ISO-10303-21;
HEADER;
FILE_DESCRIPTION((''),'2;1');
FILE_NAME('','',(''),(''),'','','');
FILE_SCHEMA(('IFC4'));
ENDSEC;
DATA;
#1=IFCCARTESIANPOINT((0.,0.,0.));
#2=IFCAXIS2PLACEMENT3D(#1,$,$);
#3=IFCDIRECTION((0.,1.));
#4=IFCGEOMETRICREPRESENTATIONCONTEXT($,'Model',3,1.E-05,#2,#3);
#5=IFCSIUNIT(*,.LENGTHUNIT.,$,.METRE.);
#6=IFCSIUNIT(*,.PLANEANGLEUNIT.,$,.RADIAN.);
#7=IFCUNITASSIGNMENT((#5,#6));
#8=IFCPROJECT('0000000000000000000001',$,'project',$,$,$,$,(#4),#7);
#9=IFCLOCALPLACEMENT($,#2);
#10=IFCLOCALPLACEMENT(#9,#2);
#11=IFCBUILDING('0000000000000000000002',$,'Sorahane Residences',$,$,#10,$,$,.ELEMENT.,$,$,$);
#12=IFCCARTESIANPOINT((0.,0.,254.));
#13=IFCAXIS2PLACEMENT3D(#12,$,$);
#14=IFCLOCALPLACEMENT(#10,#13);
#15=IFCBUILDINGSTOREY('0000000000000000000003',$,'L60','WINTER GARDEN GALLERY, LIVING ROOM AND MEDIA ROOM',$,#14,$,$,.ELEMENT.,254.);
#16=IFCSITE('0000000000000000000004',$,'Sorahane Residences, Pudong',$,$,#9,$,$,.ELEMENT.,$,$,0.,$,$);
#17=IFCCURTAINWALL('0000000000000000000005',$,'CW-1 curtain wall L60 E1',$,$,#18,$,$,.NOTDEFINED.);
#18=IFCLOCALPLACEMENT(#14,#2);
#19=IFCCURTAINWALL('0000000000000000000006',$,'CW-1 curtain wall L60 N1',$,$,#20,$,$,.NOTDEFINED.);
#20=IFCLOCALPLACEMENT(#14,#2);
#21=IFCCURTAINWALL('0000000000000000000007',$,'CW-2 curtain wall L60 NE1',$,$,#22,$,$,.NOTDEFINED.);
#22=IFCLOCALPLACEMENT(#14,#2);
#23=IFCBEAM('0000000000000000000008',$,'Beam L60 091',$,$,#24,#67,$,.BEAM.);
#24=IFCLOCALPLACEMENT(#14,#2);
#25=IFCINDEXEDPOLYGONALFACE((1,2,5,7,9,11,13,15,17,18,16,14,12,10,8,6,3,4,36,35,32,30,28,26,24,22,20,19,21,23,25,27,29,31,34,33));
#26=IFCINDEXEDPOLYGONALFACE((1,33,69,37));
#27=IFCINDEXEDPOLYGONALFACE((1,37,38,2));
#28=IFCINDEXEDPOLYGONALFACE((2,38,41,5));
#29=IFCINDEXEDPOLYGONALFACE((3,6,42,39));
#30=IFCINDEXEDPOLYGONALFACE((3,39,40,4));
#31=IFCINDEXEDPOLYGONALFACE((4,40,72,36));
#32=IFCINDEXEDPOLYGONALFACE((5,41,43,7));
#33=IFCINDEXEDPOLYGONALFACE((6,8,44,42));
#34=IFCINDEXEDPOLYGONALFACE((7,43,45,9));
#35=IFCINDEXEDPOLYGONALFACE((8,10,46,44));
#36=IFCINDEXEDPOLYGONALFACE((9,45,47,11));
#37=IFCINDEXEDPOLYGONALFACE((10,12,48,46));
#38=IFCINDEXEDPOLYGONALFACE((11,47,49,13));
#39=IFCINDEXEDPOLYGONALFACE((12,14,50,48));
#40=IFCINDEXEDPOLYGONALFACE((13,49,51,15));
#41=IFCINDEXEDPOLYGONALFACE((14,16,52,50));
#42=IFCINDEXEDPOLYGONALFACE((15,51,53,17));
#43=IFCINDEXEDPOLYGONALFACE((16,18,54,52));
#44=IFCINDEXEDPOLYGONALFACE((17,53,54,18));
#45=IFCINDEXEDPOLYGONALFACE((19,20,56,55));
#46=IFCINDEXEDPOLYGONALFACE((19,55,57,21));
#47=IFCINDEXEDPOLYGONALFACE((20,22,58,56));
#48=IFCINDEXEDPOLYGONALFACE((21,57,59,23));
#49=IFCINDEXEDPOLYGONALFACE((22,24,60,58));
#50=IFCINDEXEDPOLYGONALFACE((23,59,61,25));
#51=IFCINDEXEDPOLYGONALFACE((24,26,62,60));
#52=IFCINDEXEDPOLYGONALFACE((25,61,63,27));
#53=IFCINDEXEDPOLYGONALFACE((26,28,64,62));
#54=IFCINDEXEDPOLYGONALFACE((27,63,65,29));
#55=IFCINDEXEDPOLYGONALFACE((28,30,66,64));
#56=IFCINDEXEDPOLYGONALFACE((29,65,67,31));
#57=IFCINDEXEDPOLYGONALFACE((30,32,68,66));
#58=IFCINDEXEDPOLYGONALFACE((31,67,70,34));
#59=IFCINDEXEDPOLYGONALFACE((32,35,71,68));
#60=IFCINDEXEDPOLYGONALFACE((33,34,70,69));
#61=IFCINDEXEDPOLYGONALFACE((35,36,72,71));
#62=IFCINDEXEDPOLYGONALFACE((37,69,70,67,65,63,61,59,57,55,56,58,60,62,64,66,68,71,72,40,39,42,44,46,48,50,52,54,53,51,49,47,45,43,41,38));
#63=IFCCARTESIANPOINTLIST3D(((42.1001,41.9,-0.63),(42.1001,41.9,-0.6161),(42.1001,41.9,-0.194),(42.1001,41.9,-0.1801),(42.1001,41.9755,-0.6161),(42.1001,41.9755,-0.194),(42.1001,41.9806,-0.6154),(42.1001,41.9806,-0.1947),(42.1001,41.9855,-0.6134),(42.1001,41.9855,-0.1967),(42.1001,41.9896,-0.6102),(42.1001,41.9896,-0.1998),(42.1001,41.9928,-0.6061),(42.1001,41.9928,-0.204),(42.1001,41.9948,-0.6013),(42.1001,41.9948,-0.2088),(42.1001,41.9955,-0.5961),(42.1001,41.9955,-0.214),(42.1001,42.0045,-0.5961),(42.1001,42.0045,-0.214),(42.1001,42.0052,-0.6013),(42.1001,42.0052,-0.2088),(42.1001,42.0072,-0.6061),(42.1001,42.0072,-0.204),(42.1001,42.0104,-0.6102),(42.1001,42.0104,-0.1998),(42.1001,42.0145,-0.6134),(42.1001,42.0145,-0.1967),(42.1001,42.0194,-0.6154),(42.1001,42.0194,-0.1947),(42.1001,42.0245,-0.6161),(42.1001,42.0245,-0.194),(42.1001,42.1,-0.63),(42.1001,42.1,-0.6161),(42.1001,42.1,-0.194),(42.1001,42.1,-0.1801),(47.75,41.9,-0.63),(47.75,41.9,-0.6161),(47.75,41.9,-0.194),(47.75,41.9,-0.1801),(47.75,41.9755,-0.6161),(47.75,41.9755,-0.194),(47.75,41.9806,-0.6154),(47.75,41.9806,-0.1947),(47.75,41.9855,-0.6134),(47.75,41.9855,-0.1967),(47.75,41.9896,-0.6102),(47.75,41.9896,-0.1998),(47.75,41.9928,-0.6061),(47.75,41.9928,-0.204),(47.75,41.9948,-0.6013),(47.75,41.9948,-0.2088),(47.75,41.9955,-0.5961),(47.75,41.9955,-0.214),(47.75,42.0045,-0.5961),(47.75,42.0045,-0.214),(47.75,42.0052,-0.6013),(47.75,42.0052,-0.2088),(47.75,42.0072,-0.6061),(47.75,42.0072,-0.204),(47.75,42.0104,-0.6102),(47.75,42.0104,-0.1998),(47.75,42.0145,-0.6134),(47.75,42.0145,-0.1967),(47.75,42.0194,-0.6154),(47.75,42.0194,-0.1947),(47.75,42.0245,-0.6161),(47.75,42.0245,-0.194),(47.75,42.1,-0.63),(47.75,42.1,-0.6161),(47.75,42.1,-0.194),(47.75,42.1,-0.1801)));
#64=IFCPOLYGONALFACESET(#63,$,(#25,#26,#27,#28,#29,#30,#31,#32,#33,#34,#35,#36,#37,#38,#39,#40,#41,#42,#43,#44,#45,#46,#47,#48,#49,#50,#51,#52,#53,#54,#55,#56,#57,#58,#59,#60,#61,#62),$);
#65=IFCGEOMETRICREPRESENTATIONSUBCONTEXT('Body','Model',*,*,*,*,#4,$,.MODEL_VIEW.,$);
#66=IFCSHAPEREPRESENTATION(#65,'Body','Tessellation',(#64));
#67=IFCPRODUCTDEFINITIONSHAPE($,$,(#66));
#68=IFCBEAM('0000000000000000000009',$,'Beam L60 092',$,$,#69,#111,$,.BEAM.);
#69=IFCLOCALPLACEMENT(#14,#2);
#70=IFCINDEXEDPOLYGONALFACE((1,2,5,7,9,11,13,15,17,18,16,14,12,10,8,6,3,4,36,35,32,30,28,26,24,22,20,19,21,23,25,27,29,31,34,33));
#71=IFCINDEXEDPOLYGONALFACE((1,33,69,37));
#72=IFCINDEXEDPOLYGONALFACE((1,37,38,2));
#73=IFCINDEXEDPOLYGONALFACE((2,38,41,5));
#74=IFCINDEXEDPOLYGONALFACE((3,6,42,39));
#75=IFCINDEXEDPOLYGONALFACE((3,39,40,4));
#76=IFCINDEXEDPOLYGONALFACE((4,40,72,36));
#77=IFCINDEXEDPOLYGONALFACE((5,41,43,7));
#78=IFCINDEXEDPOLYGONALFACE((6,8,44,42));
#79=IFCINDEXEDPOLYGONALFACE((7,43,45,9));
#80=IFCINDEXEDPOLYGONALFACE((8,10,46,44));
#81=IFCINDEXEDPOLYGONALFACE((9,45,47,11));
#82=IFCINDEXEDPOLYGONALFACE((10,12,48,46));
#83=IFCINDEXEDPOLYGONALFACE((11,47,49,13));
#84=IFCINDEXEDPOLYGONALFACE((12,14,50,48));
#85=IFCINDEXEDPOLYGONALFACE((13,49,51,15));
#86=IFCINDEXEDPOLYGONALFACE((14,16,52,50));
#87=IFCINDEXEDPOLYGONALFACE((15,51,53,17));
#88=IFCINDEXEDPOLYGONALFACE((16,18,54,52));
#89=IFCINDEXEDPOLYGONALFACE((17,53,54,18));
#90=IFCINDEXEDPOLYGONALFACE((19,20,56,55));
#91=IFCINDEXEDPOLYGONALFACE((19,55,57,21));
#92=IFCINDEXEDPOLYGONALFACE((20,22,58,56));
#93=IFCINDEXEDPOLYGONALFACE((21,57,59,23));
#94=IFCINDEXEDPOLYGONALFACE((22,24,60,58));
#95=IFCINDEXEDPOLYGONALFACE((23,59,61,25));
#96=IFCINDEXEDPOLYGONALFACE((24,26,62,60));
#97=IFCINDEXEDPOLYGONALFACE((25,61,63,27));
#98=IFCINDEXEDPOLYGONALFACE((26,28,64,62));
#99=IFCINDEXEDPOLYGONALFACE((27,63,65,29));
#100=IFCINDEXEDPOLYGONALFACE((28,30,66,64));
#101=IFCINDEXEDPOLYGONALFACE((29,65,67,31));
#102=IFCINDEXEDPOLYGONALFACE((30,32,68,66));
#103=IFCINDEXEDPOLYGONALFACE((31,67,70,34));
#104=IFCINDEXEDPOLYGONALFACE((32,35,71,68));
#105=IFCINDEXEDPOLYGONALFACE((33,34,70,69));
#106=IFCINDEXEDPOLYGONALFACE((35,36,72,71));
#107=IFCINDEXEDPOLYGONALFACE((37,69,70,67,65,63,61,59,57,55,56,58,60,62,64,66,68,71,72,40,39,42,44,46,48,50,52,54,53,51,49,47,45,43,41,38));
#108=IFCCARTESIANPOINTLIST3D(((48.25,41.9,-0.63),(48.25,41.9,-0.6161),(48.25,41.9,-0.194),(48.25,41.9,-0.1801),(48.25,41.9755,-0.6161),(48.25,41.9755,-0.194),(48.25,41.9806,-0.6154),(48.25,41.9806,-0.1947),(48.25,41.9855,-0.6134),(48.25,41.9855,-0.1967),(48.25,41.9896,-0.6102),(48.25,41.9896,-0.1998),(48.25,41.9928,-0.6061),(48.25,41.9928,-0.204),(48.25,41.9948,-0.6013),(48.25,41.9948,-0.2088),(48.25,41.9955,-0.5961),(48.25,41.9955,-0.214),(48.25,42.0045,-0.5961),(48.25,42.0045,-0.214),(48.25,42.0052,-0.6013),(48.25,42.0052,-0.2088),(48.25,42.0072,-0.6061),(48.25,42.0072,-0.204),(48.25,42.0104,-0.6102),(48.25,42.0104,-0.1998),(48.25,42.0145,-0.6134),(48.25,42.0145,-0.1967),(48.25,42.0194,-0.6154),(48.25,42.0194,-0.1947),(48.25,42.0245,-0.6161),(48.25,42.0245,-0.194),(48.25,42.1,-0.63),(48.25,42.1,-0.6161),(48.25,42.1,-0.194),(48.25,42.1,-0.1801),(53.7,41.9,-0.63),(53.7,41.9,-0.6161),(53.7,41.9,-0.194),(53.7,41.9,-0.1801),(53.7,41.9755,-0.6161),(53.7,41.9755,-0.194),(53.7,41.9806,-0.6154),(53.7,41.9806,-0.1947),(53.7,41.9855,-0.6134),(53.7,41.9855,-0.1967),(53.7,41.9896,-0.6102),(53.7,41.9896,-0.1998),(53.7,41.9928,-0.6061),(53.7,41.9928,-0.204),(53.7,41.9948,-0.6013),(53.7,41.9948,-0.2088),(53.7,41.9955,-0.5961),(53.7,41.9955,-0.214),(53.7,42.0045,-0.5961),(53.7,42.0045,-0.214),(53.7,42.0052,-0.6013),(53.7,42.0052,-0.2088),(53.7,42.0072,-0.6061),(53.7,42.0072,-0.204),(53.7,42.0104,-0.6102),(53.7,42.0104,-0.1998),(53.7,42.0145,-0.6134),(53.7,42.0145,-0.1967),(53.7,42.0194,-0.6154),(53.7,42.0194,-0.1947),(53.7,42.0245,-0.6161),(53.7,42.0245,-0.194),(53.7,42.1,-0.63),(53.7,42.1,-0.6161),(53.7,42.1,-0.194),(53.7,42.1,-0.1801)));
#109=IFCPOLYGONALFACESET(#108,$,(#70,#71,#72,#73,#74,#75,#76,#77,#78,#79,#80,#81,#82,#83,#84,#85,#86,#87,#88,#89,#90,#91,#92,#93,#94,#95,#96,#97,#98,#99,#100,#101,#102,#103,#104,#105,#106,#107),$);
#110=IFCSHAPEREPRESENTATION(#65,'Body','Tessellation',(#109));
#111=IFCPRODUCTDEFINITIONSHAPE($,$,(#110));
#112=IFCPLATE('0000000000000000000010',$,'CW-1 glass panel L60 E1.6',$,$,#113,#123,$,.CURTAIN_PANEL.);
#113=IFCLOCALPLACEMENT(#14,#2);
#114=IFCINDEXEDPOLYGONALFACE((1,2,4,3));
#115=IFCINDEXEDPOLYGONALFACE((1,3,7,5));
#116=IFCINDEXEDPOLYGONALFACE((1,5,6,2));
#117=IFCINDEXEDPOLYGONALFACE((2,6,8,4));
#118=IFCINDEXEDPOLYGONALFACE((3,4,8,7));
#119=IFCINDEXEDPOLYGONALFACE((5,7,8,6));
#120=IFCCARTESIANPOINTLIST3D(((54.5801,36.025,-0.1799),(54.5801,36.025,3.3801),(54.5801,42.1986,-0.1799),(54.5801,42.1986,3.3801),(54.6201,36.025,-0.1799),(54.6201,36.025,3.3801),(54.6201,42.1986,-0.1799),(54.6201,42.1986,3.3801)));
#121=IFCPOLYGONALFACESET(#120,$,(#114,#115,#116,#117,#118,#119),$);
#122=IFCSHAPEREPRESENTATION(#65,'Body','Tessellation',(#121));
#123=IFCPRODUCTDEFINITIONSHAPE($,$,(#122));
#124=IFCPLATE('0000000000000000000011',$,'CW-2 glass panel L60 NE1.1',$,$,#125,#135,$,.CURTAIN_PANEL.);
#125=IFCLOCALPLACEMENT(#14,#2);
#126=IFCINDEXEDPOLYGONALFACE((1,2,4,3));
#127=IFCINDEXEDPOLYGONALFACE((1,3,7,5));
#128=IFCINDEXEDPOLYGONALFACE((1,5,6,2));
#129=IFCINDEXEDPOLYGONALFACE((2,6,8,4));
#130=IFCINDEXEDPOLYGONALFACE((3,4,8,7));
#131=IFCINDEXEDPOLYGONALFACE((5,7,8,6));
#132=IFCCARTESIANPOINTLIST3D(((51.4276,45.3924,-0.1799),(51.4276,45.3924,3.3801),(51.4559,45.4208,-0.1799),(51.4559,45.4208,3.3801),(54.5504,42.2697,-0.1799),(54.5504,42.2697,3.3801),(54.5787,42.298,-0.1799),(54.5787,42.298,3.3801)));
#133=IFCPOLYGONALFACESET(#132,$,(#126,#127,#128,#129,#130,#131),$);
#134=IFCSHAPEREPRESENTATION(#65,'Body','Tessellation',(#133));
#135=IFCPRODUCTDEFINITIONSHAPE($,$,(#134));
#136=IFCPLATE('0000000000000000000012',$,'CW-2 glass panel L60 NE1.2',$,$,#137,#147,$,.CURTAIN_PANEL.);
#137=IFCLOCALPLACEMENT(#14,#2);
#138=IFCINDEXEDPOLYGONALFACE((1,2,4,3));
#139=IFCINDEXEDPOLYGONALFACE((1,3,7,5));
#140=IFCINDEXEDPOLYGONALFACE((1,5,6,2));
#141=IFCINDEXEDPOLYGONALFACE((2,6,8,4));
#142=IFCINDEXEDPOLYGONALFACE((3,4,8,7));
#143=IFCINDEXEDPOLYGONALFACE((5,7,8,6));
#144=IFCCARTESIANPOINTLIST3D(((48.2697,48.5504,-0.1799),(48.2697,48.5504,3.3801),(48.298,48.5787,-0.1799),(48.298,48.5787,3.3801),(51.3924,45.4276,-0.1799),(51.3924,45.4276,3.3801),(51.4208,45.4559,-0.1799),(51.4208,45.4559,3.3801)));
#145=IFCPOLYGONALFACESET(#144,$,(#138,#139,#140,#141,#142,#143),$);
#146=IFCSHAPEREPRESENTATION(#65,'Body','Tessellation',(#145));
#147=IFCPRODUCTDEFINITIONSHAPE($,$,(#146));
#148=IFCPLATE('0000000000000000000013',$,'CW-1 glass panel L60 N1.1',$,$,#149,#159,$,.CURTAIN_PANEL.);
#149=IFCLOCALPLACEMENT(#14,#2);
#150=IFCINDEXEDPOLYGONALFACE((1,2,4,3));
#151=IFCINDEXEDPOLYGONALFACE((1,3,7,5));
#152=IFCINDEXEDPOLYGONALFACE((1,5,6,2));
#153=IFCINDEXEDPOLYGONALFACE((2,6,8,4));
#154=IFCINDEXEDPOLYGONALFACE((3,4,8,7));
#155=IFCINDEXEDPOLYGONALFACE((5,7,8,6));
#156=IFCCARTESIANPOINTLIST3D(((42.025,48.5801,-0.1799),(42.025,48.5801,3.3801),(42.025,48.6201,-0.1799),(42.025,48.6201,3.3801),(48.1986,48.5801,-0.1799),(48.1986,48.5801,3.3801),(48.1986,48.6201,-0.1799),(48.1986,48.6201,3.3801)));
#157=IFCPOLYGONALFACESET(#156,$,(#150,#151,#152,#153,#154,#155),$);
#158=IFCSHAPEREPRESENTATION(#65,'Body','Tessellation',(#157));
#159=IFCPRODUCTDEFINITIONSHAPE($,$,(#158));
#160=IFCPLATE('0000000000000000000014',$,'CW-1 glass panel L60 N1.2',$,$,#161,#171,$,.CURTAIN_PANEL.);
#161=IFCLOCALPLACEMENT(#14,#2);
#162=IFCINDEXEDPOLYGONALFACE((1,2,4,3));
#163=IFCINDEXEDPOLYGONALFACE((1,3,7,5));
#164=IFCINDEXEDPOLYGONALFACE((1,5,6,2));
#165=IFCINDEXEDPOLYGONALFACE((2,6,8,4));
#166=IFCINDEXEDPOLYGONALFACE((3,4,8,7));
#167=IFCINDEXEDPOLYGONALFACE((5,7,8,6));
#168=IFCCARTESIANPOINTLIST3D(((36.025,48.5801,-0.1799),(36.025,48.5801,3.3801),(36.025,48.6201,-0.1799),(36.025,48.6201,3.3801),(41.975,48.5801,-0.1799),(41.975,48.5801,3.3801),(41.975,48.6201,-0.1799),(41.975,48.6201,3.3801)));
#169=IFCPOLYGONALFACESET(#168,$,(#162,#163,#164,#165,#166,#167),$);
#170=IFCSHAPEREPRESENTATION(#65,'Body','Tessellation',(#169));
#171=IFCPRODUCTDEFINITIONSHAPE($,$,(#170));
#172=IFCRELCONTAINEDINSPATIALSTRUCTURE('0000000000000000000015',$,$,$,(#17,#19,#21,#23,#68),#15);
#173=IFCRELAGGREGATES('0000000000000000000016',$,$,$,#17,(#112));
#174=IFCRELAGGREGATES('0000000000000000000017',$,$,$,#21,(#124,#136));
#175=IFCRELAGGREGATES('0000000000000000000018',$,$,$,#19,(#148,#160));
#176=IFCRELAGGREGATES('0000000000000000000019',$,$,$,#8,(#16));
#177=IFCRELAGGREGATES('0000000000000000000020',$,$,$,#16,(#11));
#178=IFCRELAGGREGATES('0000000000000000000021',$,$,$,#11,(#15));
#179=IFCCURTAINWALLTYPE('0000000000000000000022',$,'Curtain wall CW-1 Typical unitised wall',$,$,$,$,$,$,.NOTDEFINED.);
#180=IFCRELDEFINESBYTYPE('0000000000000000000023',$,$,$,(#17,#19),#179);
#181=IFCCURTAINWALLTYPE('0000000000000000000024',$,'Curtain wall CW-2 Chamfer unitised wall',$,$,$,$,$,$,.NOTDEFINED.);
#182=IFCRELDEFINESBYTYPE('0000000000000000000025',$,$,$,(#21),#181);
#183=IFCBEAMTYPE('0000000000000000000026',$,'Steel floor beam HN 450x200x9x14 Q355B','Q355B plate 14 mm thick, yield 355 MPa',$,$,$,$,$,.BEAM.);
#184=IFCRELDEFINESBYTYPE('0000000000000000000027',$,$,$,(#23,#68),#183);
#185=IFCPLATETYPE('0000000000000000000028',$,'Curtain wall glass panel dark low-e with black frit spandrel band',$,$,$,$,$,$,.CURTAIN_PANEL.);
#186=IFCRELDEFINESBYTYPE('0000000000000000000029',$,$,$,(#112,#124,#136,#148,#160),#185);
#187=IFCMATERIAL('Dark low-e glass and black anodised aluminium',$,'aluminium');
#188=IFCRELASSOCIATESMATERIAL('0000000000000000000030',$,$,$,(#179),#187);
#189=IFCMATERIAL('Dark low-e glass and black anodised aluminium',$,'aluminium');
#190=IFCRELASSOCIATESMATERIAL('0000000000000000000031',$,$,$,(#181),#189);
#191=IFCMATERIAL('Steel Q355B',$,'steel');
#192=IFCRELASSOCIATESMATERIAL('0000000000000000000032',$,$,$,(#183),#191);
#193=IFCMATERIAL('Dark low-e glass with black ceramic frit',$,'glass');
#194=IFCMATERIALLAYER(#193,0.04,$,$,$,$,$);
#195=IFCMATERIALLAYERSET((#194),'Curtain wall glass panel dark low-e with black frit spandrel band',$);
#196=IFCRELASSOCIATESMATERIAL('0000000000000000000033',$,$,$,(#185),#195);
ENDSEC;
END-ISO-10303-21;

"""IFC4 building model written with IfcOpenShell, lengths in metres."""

from ifc_helpers import new_model, si_unit, direction, frame, origin, origin_2d, place, context, subcontext, project, spatial, rectangle, i_section, extrude, material, layer, layer_set, material_profile, profile_set, type_object, element, aggregate, save


model = new_model("IFC4")

# Units and contexts
model_context = context("Model", 3, precision=1e-05, world=origin(), true_north=direction((0.0, 1.0)))
body_context = subcontext(model_context, "Body", "Model", "MODEL_VIEW")
ifc_project = project(units=[si_unit("LENGTHUNIT", "METRE"), si_unit("PLANEANGLEUNIT", "RADIAN")], contexts=[model_context])

# Site, building, storey
site_placement = place(None, origin())
site = spatial("IfcSite", under=ifc_project, at=site_placement, Name="Sorahane Residences, Pudong", CompositionType="ELEMENT", RefElevation=0.0)
building_placement = place(site_placement, origin())
building = spatial("IfcBuilding", under=site, at=building_placement, Name="Sorahane Residences", CompositionType="ELEMENT")
storey_placement = place(building_placement, frame((0.0, 0.0, 254.0)))
storey = spatial("IfcBuildingStorey", under=building, at=storey_placement, Name="L60", Description="WINTER GARDEN GALLERY, LIVING ROOM AND MEDIA ROOM", CompositionType="ELEMENT", Elevation=254.0)

# Curtain walls
ifc_material_1 = material(Name="Dark low-e glass and black anodised aluminium", Category="aluminium")
curtain_wall_type_1 = type_object("IfcCurtainWallType", Name="Curtain wall CW-1 Typical unitised wall", PredefinedType="NOTDEFINED", material=ifc_material_1)
curtain_wall_1_placement = place(storey_placement, origin())
curtain_wall_1 = element("IfcCurtainWall", 1, at=curtain_wall_1_placement, inside=storey, type_object=curtain_wall_type_1, Name="CW-1 curtain wall L60 E1", PredefinedType="NOTDEFINED")
curtain_wall_2_placement = place(storey_placement, origin())
curtain_wall_2 = element("IfcCurtainWall", 2, at=curtain_wall_2_placement, inside=storey, type_object=curtain_wall_type_1, Name="CW-1 curtain wall L60 N1", PredefinedType="NOTDEFINED")

# Curtain wall
ifc_material_2 = material(Name="Dark low-e glass and black anodised aluminium", Category="aluminium")
curtain_wall_type_2 = type_object("IfcCurtainWallType", Name="Curtain wall CW-2 Chamfer unitised wall", PredefinedType="NOTDEFINED", material=ifc_material_2)
curtain_wall_3_placement = place(storey_placement, origin())
curtain_wall_3 = element("IfcCurtainWall", 3, at=curtain_wall_3_placement, inside=storey, type_object=curtain_wall_type_2, Name="CW-2 curtain wall L60 NE1", PredefinedType="NOTDEFINED")

# Beams
ifc_material_3 = material(Name="Steel Q355B", Category="steel")
ifc_material_profile_1 = material_profile(ifc_material_3, i_section(OverallWidth=0.2, OverallDepth=0.45, WebThickness=0.009, FlangeThickness=0.0139, FilletRadius=0.02, at=origin_2d()), Name="HN 450x200x9x14")
ifc_profile_set_1 = profile_set([ifc_material_profile_1], Name="Steel Q355B")
beam_type_1 = type_object("IfcBeamType", Name="Steel floor beam HN 450x200x9x14 Q355B", Description="Q355B plate 14 mm thick, yield 355 MPa", PredefinedType="BEAM", material=ifc_profile_set_1)
beam_1_placement = place(storey_placement, frame((42.1001, 42.0, -0.405), z_axis=(1.0, 0.0, 0.0), x_axis=(0.0, 1.0, 0.0)))
element("IfcBeam", 4, at=beam_1_placement, inside=storey, type_object=beam_type_1, Name="Beam L60 091", PredefinedType="BEAM", context=body_context, shape_type="SweptSolid", body=[
    extrude(i_section(OverallWidth=0.2, OverallDepth=0.45, WebThickness=0.009, FlangeThickness=0.0139, FilletRadius=0.02, at=origin_2d()), origin(), (0.0, 0.0, 1.0), 5.6499),
])
beam_2_placement = place(storey_placement, frame((48.25, 42.0, -0.405), z_axis=(1.0, 0.0, 0.0), x_axis=(0.0, 1.0, 0.0)))
element("IfcBeam", 5, at=beam_2_placement, inside=storey, type_object=beam_type_1, Name="Beam L60 092", PredefinedType="BEAM", context=body_context, shape_type="SweptSolid", body=[
    extrude(i_section(OverallWidth=0.2, OverallDepth=0.45, WebThickness=0.009, FlangeThickness=0.0139, FilletRadius=0.02, at=origin_2d()), origin(), (0.0, 0.0, 1.0), 5.45),
])

# Plates
ifc_material_4 = material(Name="Dark low-e glass with black ceramic frit", Category="glass")
ifc_layer_1 = layer(ifc_material_4, 0.04)
ifc_layer_set_1 = layer_set([ifc_layer_1], Name="Curtain wall glass panel dark low-e with black frit spandrel band")
plate_type = type_object("IfcPlateType", Name="Curtain wall glass panel dark low-e with black frit spandrel band", PredefinedType="CURTAIN_PANEL", material=ifc_layer_set_1)
plate_1_placement = place(storey_placement, frame((54.6001, 39.1118, -0.1799), z_axis=(0.0, 0.0, 1.0), x_axis=(0.0, 1.0, 0.0)))
plate_1 = element("IfcPlate", 6, at=plate_1_placement, type_object=plate_type, Name="CW-1 glass panel L60 E1.6", PredefinedType="CURTAIN_PANEL", context=body_context, shape_type="SweptSolid", body=[
    extrude(rectangle(XDim=6.1736, YDim=0.04, at=origin_2d()), origin(), (0.0, 0.0, 1.0), 3.5601),
])
aggregate(curtain_wall_1, [plate_1])
plate_2_placement = place(storey_placement, frame((53.0032, 43.8452, -0.1799), z_axis=(0.0, 0.0, 1.0), x_axis=(-0.707107, 0.707107, 0.0)))
plate_2 = element("IfcPlate", 7, at=plate_2_placement, type_object=plate_type, Name="CW-2 glass panel L60 NE1.1", PredefinedType="CURTAIN_PANEL", context=body_context, shape_type="SweptSolid", body=[
    extrude(rectangle(XDim=4.4163, YDim=0.04, at=origin_2d()), origin(), (0.0, 0.0, 1.0), 3.5601),
])
plate_3_placement = place(storey_placement, frame((49.8452, 47.0032, -0.1799), z_axis=(0.0, 0.0, 1.0), x_axis=(-0.707107, 0.707107, 0.0)))
plate_3 = element("IfcPlate", 8, at=plate_3_placement, type_object=plate_type, Name="CW-2 glass panel L60 NE1.2", PredefinedType="CURTAIN_PANEL", context=body_context, shape_type="SweptSolid", body=[
    extrude(rectangle(XDim=4.4163, YDim=0.04, at=origin_2d()), origin(), (0.0, 0.0, 1.0), 3.5601),
])
aggregate(curtain_wall_3, [plate_2, plate_3])
plate_4_placement = place(storey_placement, frame((45.1118, 48.6001, -0.1799), z_axis=(0.0, 0.0, 1.0), x_axis=(-1.0, 0.0, 0.0)))
plate_4 = element("IfcPlate", 9, at=plate_4_placement, type_object=plate_type, Name="CW-1 glass panel L60 N1.1", PredefinedType="CURTAIN_PANEL", context=body_context, shape_type="SweptSolid", body=[
    extrude(rectangle(XDim=6.1736, YDim=0.04, at=origin_2d()), origin(), (0.0, 0.0, 1.0), 3.5601),
])
plate_5_placement = place(storey_placement, frame((39.0, 48.6001, -0.1799), z_axis=(0.0, 0.0, 1.0), x_axis=(-1.0, 0.0, 0.0)))
plate_5 = element("IfcPlate", 10, at=plate_5_placement, type_object=plate_type, Name="CW-1 glass panel L60 N1.2", PredefinedType="CURTAIN_PANEL", context=body_context, shape_type="SweptSolid", body=[
    extrude(rectangle(XDim=5.95, YDim=0.04, at=origin_2d()), origin(), (0.0, 0.0, 1.0), 3.5601),
])
aggregate(curtain_wall_2, [plate_4, plate_5])

save(model, "model.ifc")
